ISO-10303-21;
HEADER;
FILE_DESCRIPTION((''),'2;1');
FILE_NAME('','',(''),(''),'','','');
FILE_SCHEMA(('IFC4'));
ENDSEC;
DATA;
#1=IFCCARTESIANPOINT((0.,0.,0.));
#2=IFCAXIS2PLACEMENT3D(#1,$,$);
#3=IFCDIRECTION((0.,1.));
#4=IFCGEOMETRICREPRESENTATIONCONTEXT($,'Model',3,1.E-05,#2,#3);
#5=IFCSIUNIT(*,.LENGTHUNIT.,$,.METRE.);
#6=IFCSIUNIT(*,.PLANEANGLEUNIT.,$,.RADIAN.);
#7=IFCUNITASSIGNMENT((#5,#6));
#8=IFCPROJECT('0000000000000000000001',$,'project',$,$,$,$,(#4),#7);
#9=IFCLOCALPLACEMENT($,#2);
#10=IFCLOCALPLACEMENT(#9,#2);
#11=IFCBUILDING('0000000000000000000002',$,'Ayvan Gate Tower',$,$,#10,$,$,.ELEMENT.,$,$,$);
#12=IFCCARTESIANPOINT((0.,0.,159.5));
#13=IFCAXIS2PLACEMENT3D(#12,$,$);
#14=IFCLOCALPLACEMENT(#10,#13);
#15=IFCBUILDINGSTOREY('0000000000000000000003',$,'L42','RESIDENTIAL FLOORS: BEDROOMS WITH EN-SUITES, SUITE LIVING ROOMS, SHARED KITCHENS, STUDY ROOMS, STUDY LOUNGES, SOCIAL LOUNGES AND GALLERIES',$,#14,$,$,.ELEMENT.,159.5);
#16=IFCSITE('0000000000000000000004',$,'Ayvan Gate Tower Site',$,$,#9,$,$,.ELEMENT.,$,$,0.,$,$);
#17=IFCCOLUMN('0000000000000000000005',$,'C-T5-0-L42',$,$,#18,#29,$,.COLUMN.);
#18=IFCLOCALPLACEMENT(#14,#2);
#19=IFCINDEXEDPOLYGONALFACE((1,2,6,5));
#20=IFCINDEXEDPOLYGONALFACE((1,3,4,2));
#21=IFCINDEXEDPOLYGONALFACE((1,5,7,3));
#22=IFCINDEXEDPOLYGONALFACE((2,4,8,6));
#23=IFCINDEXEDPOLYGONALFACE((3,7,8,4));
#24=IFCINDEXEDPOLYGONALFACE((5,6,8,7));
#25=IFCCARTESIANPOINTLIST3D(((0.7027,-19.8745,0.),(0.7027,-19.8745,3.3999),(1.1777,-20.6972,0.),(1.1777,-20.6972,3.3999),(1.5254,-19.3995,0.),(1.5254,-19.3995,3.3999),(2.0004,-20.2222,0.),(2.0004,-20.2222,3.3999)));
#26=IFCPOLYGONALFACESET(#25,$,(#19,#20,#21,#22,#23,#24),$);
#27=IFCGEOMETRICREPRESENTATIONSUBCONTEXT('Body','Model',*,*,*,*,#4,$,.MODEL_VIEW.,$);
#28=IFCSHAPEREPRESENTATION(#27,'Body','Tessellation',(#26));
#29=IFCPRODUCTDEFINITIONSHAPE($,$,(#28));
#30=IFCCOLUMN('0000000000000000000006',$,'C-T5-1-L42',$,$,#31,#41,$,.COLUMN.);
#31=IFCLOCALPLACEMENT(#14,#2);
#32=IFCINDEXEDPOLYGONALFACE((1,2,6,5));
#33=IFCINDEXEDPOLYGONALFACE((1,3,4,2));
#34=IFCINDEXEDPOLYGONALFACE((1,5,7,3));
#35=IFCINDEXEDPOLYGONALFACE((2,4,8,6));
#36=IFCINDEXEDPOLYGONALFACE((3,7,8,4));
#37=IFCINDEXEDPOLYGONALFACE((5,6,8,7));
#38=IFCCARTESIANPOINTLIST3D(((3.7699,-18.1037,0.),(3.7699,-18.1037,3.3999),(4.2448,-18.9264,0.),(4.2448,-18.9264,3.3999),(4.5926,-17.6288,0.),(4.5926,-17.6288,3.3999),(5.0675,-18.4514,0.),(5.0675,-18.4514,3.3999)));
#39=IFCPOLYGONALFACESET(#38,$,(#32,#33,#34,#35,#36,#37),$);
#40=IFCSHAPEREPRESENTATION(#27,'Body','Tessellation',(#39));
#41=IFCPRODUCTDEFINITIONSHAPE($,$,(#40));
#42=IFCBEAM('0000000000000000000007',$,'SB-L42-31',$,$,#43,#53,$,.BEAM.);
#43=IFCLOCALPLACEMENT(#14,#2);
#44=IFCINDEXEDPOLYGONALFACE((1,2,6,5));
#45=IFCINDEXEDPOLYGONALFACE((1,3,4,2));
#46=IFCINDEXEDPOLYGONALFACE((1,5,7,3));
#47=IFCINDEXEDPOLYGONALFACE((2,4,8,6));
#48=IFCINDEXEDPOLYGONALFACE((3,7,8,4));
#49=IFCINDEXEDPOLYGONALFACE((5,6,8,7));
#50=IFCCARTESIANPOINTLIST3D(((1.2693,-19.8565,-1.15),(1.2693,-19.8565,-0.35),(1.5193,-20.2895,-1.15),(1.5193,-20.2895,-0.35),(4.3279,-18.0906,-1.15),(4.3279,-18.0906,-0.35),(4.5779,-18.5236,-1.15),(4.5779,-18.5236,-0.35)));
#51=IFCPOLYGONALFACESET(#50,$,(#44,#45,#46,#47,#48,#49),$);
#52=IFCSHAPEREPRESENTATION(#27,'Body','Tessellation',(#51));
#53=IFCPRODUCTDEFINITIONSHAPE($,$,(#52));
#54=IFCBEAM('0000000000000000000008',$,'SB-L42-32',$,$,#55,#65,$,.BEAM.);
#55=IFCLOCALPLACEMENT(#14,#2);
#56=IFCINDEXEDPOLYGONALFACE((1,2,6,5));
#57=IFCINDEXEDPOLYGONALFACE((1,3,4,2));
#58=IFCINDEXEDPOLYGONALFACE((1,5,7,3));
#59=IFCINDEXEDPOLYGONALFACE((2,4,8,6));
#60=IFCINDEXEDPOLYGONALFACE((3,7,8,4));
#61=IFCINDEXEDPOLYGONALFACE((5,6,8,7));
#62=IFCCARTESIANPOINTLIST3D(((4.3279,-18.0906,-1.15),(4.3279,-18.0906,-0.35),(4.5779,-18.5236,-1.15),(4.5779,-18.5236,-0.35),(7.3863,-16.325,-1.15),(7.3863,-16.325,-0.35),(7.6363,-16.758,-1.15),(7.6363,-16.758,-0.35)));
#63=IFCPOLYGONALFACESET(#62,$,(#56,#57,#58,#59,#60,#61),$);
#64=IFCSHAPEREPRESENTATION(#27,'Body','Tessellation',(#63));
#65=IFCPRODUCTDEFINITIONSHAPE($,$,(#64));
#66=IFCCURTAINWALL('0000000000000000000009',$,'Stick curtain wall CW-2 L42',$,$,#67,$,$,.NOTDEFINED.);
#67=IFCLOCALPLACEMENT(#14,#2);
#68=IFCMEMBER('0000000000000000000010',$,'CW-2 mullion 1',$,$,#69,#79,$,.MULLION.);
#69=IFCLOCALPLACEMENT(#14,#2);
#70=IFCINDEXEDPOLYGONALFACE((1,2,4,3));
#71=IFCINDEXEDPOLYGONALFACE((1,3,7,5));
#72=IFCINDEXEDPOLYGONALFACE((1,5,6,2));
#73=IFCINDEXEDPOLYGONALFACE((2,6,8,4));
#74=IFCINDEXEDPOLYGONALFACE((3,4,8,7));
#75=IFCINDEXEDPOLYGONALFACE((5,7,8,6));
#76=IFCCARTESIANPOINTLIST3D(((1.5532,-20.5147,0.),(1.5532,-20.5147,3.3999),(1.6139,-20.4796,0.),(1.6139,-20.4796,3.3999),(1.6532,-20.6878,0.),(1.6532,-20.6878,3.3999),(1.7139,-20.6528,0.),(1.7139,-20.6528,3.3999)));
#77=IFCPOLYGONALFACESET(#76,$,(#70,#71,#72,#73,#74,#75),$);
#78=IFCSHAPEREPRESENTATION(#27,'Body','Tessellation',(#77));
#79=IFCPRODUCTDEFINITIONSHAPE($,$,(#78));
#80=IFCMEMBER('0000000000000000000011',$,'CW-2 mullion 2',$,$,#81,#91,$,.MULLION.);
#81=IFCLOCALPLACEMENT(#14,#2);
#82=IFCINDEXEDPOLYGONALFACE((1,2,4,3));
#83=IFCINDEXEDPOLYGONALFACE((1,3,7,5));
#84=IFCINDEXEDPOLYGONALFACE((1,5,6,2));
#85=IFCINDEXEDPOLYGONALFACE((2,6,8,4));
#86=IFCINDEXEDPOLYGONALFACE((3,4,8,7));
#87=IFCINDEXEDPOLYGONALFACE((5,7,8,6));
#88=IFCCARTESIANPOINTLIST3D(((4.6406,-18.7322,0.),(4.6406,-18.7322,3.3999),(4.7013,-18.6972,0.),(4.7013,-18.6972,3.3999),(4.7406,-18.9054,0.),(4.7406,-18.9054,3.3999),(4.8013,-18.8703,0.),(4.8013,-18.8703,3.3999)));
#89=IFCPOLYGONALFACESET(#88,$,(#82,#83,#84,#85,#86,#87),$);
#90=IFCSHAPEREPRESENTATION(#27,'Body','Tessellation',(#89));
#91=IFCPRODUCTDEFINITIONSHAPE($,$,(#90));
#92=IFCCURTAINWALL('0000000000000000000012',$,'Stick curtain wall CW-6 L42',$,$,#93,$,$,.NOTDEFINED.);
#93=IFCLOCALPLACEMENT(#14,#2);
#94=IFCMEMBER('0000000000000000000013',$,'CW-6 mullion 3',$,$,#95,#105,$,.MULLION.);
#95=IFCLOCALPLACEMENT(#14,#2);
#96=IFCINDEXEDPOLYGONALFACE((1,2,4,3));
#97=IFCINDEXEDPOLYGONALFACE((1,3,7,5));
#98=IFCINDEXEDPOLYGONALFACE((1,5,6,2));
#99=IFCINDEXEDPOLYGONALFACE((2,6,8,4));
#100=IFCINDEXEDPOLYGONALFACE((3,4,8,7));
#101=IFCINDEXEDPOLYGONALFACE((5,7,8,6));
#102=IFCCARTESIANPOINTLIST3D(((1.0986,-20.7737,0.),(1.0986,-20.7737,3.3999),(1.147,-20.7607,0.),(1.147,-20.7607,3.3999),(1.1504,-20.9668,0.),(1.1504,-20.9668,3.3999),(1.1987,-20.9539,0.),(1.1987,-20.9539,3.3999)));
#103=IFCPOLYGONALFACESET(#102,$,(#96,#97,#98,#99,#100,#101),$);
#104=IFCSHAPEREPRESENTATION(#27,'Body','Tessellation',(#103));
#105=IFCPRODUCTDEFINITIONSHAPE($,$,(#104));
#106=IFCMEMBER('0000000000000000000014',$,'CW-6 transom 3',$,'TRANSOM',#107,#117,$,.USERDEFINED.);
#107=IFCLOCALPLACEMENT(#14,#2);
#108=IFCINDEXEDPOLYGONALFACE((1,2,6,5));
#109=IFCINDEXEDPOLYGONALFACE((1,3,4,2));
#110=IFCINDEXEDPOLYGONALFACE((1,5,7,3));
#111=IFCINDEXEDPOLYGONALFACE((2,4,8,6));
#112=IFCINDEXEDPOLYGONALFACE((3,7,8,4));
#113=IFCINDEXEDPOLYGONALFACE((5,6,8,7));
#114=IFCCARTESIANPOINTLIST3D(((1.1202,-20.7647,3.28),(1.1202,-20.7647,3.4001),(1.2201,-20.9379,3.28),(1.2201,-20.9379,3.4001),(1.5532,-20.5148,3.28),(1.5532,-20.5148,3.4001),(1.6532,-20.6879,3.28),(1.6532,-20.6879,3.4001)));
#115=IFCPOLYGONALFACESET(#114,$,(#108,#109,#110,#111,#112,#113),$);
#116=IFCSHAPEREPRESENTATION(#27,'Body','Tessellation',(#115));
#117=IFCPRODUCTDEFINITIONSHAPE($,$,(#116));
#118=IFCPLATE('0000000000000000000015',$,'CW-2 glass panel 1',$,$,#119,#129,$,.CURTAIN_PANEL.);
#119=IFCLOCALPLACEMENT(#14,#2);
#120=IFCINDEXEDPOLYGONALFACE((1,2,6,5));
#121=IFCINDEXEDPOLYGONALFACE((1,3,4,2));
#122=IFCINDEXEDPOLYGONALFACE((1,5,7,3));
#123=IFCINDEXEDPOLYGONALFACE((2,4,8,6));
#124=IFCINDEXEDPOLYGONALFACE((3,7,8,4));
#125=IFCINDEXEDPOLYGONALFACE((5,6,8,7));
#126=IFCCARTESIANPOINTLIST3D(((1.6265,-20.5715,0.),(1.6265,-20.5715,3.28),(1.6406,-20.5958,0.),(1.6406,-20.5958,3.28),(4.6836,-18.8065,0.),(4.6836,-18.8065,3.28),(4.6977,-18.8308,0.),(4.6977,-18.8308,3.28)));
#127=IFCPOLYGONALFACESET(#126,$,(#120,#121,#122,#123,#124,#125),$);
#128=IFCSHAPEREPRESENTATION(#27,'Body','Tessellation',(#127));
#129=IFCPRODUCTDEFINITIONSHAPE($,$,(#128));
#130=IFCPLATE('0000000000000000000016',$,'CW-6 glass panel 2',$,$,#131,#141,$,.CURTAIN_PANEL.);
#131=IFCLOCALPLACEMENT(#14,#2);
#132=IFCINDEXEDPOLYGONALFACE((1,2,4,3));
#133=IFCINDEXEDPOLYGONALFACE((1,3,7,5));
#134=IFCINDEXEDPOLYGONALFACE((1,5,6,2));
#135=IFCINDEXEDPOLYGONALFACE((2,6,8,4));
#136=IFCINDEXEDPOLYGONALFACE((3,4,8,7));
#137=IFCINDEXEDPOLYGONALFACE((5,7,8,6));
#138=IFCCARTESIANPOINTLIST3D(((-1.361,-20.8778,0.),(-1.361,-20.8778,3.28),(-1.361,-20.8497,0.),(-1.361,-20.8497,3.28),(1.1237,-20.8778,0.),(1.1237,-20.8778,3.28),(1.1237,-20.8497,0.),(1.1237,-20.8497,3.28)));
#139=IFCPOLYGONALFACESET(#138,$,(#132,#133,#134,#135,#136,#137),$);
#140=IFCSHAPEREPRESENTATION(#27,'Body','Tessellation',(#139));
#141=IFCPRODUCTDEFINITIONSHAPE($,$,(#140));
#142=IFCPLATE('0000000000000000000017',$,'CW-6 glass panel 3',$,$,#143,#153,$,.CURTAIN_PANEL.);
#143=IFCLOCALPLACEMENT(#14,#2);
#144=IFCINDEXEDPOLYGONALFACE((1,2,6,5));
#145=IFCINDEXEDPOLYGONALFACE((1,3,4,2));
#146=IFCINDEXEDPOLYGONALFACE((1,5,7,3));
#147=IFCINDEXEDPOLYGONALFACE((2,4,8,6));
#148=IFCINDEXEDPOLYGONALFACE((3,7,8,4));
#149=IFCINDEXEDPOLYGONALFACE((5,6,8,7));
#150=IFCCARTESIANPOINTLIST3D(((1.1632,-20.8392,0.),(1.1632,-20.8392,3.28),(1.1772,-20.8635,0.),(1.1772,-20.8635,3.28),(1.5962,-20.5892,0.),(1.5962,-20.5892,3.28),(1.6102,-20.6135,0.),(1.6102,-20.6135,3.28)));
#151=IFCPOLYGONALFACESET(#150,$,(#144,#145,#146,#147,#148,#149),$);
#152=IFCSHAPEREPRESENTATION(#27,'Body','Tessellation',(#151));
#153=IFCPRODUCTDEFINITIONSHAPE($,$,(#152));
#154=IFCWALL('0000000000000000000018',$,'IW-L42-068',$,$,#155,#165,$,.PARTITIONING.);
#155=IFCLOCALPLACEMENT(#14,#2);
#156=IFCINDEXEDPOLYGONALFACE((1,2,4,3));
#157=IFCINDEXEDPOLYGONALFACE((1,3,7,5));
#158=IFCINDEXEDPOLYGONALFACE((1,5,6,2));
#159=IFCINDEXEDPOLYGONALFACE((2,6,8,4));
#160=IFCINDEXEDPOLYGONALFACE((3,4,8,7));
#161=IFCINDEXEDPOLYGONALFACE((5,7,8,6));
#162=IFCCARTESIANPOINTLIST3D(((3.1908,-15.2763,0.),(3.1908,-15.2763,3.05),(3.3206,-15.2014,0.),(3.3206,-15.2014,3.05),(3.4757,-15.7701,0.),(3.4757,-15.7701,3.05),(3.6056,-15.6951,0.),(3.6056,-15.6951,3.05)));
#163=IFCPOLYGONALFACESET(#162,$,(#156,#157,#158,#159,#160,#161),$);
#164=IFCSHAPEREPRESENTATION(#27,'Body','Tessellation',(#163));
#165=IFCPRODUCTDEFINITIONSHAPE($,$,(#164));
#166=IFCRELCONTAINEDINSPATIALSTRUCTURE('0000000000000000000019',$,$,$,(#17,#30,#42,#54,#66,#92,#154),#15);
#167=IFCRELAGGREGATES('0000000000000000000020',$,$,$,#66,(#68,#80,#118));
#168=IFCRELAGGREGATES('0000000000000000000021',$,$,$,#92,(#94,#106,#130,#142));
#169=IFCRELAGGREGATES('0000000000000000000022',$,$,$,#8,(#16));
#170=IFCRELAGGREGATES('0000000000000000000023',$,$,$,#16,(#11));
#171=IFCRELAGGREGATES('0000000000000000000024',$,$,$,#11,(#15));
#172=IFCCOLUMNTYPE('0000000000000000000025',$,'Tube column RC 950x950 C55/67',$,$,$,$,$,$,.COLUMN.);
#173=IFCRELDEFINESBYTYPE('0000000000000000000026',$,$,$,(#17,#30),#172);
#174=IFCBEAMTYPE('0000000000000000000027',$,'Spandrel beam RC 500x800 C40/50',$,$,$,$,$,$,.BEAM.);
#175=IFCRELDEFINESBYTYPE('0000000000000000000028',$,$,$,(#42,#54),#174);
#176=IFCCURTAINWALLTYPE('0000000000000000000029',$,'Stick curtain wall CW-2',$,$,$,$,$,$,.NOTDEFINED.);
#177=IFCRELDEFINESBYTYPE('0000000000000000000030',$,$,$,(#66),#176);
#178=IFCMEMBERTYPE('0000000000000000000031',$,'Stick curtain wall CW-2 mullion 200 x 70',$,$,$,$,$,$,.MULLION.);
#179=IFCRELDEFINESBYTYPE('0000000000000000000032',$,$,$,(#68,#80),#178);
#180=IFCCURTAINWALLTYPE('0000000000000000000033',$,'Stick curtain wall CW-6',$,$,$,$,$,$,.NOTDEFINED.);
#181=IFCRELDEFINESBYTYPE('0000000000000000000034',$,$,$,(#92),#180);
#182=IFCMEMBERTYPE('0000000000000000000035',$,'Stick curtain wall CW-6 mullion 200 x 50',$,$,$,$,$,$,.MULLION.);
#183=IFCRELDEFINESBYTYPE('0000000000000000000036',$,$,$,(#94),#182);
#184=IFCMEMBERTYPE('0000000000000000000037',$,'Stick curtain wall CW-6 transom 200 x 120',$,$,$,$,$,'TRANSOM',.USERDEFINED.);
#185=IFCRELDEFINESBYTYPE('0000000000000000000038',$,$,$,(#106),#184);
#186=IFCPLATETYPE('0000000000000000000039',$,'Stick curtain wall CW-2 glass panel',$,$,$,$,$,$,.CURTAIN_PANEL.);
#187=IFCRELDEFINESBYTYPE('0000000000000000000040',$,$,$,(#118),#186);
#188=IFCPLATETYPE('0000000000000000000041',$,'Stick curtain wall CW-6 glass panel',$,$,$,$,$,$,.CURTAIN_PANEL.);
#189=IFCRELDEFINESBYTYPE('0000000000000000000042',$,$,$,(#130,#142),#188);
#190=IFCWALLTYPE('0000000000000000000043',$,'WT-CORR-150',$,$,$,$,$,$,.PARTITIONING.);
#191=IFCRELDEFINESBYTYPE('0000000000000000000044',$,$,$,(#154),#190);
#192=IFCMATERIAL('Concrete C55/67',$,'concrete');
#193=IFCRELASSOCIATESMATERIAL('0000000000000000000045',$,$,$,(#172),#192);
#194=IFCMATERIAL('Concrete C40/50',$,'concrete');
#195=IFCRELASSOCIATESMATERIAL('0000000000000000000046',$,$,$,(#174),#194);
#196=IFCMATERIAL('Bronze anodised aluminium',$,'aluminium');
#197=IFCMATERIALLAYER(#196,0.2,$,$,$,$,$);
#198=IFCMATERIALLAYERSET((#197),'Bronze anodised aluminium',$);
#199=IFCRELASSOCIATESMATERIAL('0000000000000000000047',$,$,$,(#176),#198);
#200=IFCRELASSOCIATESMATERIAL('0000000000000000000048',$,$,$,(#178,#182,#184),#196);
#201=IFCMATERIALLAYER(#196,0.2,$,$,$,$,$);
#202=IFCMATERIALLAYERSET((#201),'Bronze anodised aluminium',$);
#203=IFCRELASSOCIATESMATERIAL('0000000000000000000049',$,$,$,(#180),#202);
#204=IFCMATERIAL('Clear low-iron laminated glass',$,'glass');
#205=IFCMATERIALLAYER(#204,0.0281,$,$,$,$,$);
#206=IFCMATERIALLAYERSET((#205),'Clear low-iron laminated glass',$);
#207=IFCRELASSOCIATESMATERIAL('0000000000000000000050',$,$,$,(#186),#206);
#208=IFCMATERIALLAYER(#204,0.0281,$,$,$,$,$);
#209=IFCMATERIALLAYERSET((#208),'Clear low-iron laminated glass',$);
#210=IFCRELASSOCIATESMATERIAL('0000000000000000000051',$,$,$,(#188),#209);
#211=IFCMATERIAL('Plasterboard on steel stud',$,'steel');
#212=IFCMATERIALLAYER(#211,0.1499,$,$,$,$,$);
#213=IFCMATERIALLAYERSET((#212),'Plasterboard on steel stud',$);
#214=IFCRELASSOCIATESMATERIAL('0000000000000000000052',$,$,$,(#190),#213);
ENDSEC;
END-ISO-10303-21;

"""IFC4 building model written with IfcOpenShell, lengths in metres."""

from ifc_helpers import new_model, si_unit, direction, frame, frame_2d, origin, origin_2d, place, context, subcontext, project, spatial, rectangle, extrude, material, layer, layer_set, material_profile, profile_set, type_object, element, aggregate, save


model = new_model("IFC4")

# Units and contexts
model_context = context("Model", 3, precision=1e-05, world=origin(), true_north=direction((0.0, 1.0)))
body_context = subcontext(model_context, "Body", "Model", "MODEL_VIEW")
ifc_project = project(units=[si_unit("LENGTHUNIT", "METRE"), si_unit("PLANEANGLEUNIT", "RADIAN")], contexts=[model_context])

# Site, building, storey
site_placement = place(None, origin())
site = spatial("IfcSite", under=ifc_project, at=site_placement, Name="Ayvan Gate Tower Site", CompositionType="ELEMENT", RefElevation=0.0)
building_placement = place(site_placement, origin())
building = spatial("IfcBuilding", under=site, at=building_placement, Name="Ayvan Gate Tower", CompositionType="ELEMENT")
storey_placement = place(building_placement, frame((0.0, 0.0, 159.5)))
storey = spatial("IfcBuildingStorey", under=building, at=storey_placement, Name="L42", Description="RESIDENTIAL FLOORS: BEDROOMS WITH EN-SUITES, SUITE LIVING ROOMS, SHARED KITCHENS, STUDY ROOMS, STUDY LOUNGES, SOCIAL LOUNGES AND GALLERIES", CompositionType="ELEMENT", Elevation=159.5)

# Columns
ifc_material_1 = material(Name="Concrete C55/67", Category="concrete")
ifc_material_profile_1 = material_profile(ifc_material_1, rectangle(XDim=0.95, YDim=0.95, at=origin_2d()), Name="RC 950x950")
ifc_profile_set_1 = profile_set([ifc_material_profile_1], Name="Concrete C55/67")
column_type = type_object("IfcColumnType", Name="Tube column RC 950x950 C55/67", PredefinedType="COLUMN", material=ifc_profile_set_1)
for number, where, z_axis, x_axis, name in (
    (1, (1.3516, -20.0483, 0.0), (0.0, 0.0, 1.0), (0.5, -0.866025, 0.0), "C-T5-0-L42"),
    (2, (4.4187, -18.2776, 0.0), (0.0, 0.0, 1.0), (0.5, -0.866025, 0.0), "C-T5-1-L42"),
):
    element("IfcColumn", number, at=place(storey_placement, frame(where, z_axis=z_axis, x_axis=x_axis)), inside=storey, type_object=column_type, Name=name, PredefinedType="COLUMN", context=body_context, shape_type="SweptSolid", body=[
        extrude(rectangle(XDim=0.95, YDim=0.95, at=origin_2d()), origin(), (0.0, 0.0, 1.0), 3.3999),
    ])

# Beams
ifc_material_2 = material(Name="Concrete C40/50", Category="concrete")
ifc_material_profile_2 = material_profile(ifc_material_2, rectangle(XDim=0.5, YDim=0.8, at=origin_2d()), Name="RC 500x800")
ifc_profile_set_2 = profile_set([ifc_material_profile_2], Name="Concrete C40/50")
beam_type = type_object("IfcBeamType", Name="Spandrel beam RC 500x800 C40/50", PredefinedType="BEAM", material=ifc_profile_set_2)
beam_1_placement = place(storey_placement, frame((1.3943, -20.073, -0.75), z_axis=(0.866027, 0.499998, 0.0), x_axis=(-0.499998, 0.866027, 0.0)))
element("IfcBeam", 3, at=beam_1_placement, inside=storey, type_object=beam_type, Name="SB-L42-31", PredefinedType="BEAM", context=body_context, shape_type="SweptSolid", body=[
    extrude(rectangle(XDim=0.5, YDim=0.8, at=origin_2d()), origin(), (0.0, 0.0, 1.0), 3.5317),
])
beam_2_placement = place(storey_placement, frame((4.4529, -18.3071, -0.75), z_axis=(0.866039, 0.499976, 0.0), x_axis=(-0.499976, 0.866039, 0.0)))
element("IfcBeam", 4, at=beam_2_placement, inside=storey, type_object=beam_type, Name="SB-L42-32", PredefinedType="BEAM", context=body_context, shape_type="SweptSolid", body=[
    extrude(rectangle(XDim=0.5, YDim=0.8, at=origin_2d()), origin(), (0.0, 0.0, 1.0), 3.5315),
])

# Curtain walls, members
ifc_material_3 = material(Name="Bronze anodised aluminium", Category="aluminium")
ifc_layer_1 = layer(ifc_material_3, 0.2)
ifc_layer_set_1 = layer_set([ifc_layer_1], Name="Bronze anodised aluminium")
curtain_wall_type_1 = type_object("IfcCurtainWallType", Name="Stick curtain wall CW-2", PredefinedType="NOTDEFINED", material=ifc_layer_set_1)
curtain_wall_1_placement = place(storey_placement, origin())
curtain_wall_1 = element("IfcCurtainWall", 5, at=curtain_wall_1_placement, inside=storey, type_object=curtain_wall_type_1, Name="Stick curtain wall CW-2 L42", PredefinedType="NOTDEFINED")
ifc_material_profile_3 = material_profile(ifc_material_3, rectangle(XDim=0.2, YDim=0.0701, at=origin_2d()), Name="Stick curtain wall CW-2 mullion 200 x 70")
ifc_profile_set_3 = profile_set([ifc_material_profile_3], Name="Bronze anodised aluminium")
member_type_1 = type_object("IfcMemberType", Name="Stick curtain wall CW-2 mullion 200 x 70", PredefinedType="MULLION", material=ifc_profile_set_3)
member_1_placement = place(storey_placement, frame((1.6335, -20.5837, 0.0), z_axis=(0.0, 0.0, 1.0), x_axis=(0.5, -0.866025, 0.0)))
member_1 = element("IfcMember", 6, at=member_1_placement, type_object=member_type_1, Name="CW-2 mullion 1", PredefinedType="MULLION", context=body_context, shape_type="SweptSolid", body=[
    extrude(rectangle(XDim=0.2, YDim=0.0701, at=origin_2d()), origin(), (0.0, 0.0, 1.0), 3.3999),
])
member_2_placement = place(storey_placement, frame((4.7209, -18.8013, 0.0), z_axis=(0.0, 0.0, 1.0), x_axis=(0.5, -0.866025, 0.0)))
member_2 = element("IfcMember", 7, at=member_2_placement, type_object=member_type_1, Name="CW-2 mullion 2", PredefinedType="MULLION", context=body_context, shape_type="SweptSolid", body=[
    extrude(rectangle(XDim=0.2, YDim=0.0701, at=origin_2d()), origin(), (0.0, 0.0, 1.0), 3.3999),
])
ifc_layer_2 = layer(ifc_material_3, 0.2)
ifc_layer_set_2 = layer_set([ifc_layer_2], Name="Bronze anodised aluminium")
curtain_wall_type_2 = type_object("IfcCurtainWallType", Name="Stick curtain wall CW-6", PredefinedType="NOTDEFINED", material=ifc_layer_set_2)
curtain_wall_2_placement = place(storey_placement, origin())
curtain_wall_2 = element("IfcCurtainWall", 8, at=curtain_wall_2_placement, inside=storey, type_object=curtain_wall_type_2, Name="Stick curtain wall CW-6 L42", PredefinedType="NOTDEFINED")
ifc_material_profile_4 = material_profile(ifc_material_3, rectangle(XDim=0.2, YDim=0.05, at=origin_2d()), Name="Stick curtain wall CW-6 mullion 200 x 50")
ifc_profile_set_4 = profile_set([ifc_material_profile_4], Name="Bronze anodised aluminium")
member_type_2 = type_object("IfcMemberType", Name="Stick curtain wall CW-6 mullion 200 x 50", PredefinedType="MULLION", material=ifc_profile_set_4)
member_3_placement = place(storey_placement, frame((1.1487, -20.8638, 0.0), z_axis=(0.0, 0.0, 1.0), x_axis=(0.258819, -0.965926, 0.0)))
member_3 = element("IfcMember", 9, at=member_3_placement, type_object=member_type_2, Name="CW-6 mullion 3", PredefinedType="MULLION", context=body_context, shape_type="SweptSolid", body=[
    extrude(rectangle(XDim=0.2, YDim=0.05, at=origin_2d()), origin(), (0.0, 0.0, 1.0), 3.3999),
])
ifc_material_profile_5 = material_profile(ifc_material_3, rectangle(XDim=0.2, YDim=0.1201, at=origin_2d()), Name="Stick curtain wall CW-6 transom 200 x 120")
ifc_profile_set_5 = profile_set([ifc_material_profile_5], Name="Bronze anodised aluminium")
member_type_3 = type_object("IfcMemberType", Name="Stick curtain wall CW-6 transom 200 x 120", ElementType="TRANSOM", PredefinedType="USERDEFINED", material=ifc_profile_set_5)
member_4_placement = place(storey_placement, frame((1.1702, -20.8513, 3.3401), z_axis=(0.866072, 0.49992, 0.0), x_axis=(-0.49992, 0.866072, 0.0)))
member_4 = element("IfcMember", 10, at=member_4_placement, type_object=member_type_3, Name="CW-6 transom 3", ObjectType="TRANSOM", PredefinedType="USERDEFINED", context=body_context, shape_type="SweptSolid", body=[
    extrude(rectangle(XDim=0.2, YDim=0.1201, at=origin_2d()), origin(), (0.0, 0.0, 1.0), 0.5),
])

# Plates
ifc_material_4 = material(Name="Clear low-iron laminated glass", Category="glass")
ifc_layer_3 = layer(ifc_material_4, 0.0281)
ifc_layer_set_3 = layer_set([ifc_layer_3], Name="Clear low-iron laminated glass")
plate_type_1 = type_object("IfcPlateType", Name="Stick curtain wall CW-2 glass panel", PredefinedType="CURTAIN_PANEL", material=ifc_layer_set_3)
plate_1_placement = place(storey_placement, frame((3.1621, -19.7012, 0.0), z_axis=(0.0, 0.0, 1.0), x_axis=(0.866025, 0.5, 0.0)))
plate_1 = element("IfcPlate", 11, at=plate_1_placement, type_object=plate_type_1, Name="CW-2 glass panel 1", PredefinedType="CURTAIN_PANEL", context=body_context, shape_type="SweptSolid", body=[
    extrude(rectangle(XDim=3.53, YDim=0.0281, at=origin_2d()), origin(), (0.0, 0.0, 1.0), 3.28),
])
aggregate(curtain_wall_1, [member_1, member_2, plate_1])
ifc_layer_4 = layer(ifc_material_4, 0.0281)
ifc_layer_set_4 = layer_set([ifc_layer_4], Name="Clear low-iron laminated glass")
plate_type_2 = type_object("IfcPlateType", Name="Stick curtain wall CW-6 glass panel", PredefinedType="CURTAIN_PANEL", material=ifc_layer_set_4)
plate_2_placement = place(storey_placement, frame((-0.1187, -20.8638, 0.0), z_axis=(0.0, 0.0, 1.0), x_axis=(1.0, 0.0, 0.0)))
plate_2 = element("IfcPlate", 12, at=plate_2_placement, type_object=plate_type_2, Name="CW-6 glass panel 2", PredefinedType="CURTAIN_PANEL", context=body_context, shape_type="SweptSolid", body=[
    extrude(rectangle(XDim=2.4846, YDim=0.0281, at=origin_2d()), origin(), (0.0, 0.0, 1.0), 3.28),
])
plate_3_placement = place(storey_placement, frame((1.3867, -20.7263, 0.0), z_axis=(0.0, 0.0, 1.0), x_axis=(0.866025, 0.5, 0.0)))
plate_3 = element("IfcPlate", 13, at=plate_3_placement, type_object=plate_type_2, Name="CW-6 glass panel 3", PredefinedType="CURTAIN_PANEL", context=body_context, shape_type="SweptSolid", body=[
    extrude(rectangle(XDim=0.5, YDim=0.0281, at=origin_2d()), origin(), (0.0, 0.0, 1.0), 3.28),
])
aggregate(curtain_wall_2, [member_3, member_4, plate_2, plate_3])

# Wall
ifc_material_5 = material(Name="Plasterboard on steel stud", Category="steel")
ifc_layer_5 = layer(ifc_material_5, 0.1499)
ifc_layer_set_5 = layer_set([ifc_layer_5], Name="Plasterboard on steel stud")
wall_type_1 = type_object("IfcWallType", Name="WT-CORR-150", PredefinedType="PARTITIONING", material=ifc_layer_set_5)
wall_1_placement = place(storey_placement, frame((3.2556, -15.2388, 0.0), z_axis=(0.0, 0.0, 1.0), x_axis=(0.499871, -0.8661, 0.0)))
element("IfcWall", 14, at=wall_1_placement, inside=storey, type_object=wall_type_1, Name="IW-L42-068", PredefinedType="PARTITIONING", context=body_context, shape_type="SweptSolid", body=[
    extrude(rectangle(XDim=0.5701, YDim=0.1499, at=frame_2d((0.2852, 0.0))), origin(), (0.0, 0.0, 1.0), 3.05),
])

save(model, "model.ifc")
